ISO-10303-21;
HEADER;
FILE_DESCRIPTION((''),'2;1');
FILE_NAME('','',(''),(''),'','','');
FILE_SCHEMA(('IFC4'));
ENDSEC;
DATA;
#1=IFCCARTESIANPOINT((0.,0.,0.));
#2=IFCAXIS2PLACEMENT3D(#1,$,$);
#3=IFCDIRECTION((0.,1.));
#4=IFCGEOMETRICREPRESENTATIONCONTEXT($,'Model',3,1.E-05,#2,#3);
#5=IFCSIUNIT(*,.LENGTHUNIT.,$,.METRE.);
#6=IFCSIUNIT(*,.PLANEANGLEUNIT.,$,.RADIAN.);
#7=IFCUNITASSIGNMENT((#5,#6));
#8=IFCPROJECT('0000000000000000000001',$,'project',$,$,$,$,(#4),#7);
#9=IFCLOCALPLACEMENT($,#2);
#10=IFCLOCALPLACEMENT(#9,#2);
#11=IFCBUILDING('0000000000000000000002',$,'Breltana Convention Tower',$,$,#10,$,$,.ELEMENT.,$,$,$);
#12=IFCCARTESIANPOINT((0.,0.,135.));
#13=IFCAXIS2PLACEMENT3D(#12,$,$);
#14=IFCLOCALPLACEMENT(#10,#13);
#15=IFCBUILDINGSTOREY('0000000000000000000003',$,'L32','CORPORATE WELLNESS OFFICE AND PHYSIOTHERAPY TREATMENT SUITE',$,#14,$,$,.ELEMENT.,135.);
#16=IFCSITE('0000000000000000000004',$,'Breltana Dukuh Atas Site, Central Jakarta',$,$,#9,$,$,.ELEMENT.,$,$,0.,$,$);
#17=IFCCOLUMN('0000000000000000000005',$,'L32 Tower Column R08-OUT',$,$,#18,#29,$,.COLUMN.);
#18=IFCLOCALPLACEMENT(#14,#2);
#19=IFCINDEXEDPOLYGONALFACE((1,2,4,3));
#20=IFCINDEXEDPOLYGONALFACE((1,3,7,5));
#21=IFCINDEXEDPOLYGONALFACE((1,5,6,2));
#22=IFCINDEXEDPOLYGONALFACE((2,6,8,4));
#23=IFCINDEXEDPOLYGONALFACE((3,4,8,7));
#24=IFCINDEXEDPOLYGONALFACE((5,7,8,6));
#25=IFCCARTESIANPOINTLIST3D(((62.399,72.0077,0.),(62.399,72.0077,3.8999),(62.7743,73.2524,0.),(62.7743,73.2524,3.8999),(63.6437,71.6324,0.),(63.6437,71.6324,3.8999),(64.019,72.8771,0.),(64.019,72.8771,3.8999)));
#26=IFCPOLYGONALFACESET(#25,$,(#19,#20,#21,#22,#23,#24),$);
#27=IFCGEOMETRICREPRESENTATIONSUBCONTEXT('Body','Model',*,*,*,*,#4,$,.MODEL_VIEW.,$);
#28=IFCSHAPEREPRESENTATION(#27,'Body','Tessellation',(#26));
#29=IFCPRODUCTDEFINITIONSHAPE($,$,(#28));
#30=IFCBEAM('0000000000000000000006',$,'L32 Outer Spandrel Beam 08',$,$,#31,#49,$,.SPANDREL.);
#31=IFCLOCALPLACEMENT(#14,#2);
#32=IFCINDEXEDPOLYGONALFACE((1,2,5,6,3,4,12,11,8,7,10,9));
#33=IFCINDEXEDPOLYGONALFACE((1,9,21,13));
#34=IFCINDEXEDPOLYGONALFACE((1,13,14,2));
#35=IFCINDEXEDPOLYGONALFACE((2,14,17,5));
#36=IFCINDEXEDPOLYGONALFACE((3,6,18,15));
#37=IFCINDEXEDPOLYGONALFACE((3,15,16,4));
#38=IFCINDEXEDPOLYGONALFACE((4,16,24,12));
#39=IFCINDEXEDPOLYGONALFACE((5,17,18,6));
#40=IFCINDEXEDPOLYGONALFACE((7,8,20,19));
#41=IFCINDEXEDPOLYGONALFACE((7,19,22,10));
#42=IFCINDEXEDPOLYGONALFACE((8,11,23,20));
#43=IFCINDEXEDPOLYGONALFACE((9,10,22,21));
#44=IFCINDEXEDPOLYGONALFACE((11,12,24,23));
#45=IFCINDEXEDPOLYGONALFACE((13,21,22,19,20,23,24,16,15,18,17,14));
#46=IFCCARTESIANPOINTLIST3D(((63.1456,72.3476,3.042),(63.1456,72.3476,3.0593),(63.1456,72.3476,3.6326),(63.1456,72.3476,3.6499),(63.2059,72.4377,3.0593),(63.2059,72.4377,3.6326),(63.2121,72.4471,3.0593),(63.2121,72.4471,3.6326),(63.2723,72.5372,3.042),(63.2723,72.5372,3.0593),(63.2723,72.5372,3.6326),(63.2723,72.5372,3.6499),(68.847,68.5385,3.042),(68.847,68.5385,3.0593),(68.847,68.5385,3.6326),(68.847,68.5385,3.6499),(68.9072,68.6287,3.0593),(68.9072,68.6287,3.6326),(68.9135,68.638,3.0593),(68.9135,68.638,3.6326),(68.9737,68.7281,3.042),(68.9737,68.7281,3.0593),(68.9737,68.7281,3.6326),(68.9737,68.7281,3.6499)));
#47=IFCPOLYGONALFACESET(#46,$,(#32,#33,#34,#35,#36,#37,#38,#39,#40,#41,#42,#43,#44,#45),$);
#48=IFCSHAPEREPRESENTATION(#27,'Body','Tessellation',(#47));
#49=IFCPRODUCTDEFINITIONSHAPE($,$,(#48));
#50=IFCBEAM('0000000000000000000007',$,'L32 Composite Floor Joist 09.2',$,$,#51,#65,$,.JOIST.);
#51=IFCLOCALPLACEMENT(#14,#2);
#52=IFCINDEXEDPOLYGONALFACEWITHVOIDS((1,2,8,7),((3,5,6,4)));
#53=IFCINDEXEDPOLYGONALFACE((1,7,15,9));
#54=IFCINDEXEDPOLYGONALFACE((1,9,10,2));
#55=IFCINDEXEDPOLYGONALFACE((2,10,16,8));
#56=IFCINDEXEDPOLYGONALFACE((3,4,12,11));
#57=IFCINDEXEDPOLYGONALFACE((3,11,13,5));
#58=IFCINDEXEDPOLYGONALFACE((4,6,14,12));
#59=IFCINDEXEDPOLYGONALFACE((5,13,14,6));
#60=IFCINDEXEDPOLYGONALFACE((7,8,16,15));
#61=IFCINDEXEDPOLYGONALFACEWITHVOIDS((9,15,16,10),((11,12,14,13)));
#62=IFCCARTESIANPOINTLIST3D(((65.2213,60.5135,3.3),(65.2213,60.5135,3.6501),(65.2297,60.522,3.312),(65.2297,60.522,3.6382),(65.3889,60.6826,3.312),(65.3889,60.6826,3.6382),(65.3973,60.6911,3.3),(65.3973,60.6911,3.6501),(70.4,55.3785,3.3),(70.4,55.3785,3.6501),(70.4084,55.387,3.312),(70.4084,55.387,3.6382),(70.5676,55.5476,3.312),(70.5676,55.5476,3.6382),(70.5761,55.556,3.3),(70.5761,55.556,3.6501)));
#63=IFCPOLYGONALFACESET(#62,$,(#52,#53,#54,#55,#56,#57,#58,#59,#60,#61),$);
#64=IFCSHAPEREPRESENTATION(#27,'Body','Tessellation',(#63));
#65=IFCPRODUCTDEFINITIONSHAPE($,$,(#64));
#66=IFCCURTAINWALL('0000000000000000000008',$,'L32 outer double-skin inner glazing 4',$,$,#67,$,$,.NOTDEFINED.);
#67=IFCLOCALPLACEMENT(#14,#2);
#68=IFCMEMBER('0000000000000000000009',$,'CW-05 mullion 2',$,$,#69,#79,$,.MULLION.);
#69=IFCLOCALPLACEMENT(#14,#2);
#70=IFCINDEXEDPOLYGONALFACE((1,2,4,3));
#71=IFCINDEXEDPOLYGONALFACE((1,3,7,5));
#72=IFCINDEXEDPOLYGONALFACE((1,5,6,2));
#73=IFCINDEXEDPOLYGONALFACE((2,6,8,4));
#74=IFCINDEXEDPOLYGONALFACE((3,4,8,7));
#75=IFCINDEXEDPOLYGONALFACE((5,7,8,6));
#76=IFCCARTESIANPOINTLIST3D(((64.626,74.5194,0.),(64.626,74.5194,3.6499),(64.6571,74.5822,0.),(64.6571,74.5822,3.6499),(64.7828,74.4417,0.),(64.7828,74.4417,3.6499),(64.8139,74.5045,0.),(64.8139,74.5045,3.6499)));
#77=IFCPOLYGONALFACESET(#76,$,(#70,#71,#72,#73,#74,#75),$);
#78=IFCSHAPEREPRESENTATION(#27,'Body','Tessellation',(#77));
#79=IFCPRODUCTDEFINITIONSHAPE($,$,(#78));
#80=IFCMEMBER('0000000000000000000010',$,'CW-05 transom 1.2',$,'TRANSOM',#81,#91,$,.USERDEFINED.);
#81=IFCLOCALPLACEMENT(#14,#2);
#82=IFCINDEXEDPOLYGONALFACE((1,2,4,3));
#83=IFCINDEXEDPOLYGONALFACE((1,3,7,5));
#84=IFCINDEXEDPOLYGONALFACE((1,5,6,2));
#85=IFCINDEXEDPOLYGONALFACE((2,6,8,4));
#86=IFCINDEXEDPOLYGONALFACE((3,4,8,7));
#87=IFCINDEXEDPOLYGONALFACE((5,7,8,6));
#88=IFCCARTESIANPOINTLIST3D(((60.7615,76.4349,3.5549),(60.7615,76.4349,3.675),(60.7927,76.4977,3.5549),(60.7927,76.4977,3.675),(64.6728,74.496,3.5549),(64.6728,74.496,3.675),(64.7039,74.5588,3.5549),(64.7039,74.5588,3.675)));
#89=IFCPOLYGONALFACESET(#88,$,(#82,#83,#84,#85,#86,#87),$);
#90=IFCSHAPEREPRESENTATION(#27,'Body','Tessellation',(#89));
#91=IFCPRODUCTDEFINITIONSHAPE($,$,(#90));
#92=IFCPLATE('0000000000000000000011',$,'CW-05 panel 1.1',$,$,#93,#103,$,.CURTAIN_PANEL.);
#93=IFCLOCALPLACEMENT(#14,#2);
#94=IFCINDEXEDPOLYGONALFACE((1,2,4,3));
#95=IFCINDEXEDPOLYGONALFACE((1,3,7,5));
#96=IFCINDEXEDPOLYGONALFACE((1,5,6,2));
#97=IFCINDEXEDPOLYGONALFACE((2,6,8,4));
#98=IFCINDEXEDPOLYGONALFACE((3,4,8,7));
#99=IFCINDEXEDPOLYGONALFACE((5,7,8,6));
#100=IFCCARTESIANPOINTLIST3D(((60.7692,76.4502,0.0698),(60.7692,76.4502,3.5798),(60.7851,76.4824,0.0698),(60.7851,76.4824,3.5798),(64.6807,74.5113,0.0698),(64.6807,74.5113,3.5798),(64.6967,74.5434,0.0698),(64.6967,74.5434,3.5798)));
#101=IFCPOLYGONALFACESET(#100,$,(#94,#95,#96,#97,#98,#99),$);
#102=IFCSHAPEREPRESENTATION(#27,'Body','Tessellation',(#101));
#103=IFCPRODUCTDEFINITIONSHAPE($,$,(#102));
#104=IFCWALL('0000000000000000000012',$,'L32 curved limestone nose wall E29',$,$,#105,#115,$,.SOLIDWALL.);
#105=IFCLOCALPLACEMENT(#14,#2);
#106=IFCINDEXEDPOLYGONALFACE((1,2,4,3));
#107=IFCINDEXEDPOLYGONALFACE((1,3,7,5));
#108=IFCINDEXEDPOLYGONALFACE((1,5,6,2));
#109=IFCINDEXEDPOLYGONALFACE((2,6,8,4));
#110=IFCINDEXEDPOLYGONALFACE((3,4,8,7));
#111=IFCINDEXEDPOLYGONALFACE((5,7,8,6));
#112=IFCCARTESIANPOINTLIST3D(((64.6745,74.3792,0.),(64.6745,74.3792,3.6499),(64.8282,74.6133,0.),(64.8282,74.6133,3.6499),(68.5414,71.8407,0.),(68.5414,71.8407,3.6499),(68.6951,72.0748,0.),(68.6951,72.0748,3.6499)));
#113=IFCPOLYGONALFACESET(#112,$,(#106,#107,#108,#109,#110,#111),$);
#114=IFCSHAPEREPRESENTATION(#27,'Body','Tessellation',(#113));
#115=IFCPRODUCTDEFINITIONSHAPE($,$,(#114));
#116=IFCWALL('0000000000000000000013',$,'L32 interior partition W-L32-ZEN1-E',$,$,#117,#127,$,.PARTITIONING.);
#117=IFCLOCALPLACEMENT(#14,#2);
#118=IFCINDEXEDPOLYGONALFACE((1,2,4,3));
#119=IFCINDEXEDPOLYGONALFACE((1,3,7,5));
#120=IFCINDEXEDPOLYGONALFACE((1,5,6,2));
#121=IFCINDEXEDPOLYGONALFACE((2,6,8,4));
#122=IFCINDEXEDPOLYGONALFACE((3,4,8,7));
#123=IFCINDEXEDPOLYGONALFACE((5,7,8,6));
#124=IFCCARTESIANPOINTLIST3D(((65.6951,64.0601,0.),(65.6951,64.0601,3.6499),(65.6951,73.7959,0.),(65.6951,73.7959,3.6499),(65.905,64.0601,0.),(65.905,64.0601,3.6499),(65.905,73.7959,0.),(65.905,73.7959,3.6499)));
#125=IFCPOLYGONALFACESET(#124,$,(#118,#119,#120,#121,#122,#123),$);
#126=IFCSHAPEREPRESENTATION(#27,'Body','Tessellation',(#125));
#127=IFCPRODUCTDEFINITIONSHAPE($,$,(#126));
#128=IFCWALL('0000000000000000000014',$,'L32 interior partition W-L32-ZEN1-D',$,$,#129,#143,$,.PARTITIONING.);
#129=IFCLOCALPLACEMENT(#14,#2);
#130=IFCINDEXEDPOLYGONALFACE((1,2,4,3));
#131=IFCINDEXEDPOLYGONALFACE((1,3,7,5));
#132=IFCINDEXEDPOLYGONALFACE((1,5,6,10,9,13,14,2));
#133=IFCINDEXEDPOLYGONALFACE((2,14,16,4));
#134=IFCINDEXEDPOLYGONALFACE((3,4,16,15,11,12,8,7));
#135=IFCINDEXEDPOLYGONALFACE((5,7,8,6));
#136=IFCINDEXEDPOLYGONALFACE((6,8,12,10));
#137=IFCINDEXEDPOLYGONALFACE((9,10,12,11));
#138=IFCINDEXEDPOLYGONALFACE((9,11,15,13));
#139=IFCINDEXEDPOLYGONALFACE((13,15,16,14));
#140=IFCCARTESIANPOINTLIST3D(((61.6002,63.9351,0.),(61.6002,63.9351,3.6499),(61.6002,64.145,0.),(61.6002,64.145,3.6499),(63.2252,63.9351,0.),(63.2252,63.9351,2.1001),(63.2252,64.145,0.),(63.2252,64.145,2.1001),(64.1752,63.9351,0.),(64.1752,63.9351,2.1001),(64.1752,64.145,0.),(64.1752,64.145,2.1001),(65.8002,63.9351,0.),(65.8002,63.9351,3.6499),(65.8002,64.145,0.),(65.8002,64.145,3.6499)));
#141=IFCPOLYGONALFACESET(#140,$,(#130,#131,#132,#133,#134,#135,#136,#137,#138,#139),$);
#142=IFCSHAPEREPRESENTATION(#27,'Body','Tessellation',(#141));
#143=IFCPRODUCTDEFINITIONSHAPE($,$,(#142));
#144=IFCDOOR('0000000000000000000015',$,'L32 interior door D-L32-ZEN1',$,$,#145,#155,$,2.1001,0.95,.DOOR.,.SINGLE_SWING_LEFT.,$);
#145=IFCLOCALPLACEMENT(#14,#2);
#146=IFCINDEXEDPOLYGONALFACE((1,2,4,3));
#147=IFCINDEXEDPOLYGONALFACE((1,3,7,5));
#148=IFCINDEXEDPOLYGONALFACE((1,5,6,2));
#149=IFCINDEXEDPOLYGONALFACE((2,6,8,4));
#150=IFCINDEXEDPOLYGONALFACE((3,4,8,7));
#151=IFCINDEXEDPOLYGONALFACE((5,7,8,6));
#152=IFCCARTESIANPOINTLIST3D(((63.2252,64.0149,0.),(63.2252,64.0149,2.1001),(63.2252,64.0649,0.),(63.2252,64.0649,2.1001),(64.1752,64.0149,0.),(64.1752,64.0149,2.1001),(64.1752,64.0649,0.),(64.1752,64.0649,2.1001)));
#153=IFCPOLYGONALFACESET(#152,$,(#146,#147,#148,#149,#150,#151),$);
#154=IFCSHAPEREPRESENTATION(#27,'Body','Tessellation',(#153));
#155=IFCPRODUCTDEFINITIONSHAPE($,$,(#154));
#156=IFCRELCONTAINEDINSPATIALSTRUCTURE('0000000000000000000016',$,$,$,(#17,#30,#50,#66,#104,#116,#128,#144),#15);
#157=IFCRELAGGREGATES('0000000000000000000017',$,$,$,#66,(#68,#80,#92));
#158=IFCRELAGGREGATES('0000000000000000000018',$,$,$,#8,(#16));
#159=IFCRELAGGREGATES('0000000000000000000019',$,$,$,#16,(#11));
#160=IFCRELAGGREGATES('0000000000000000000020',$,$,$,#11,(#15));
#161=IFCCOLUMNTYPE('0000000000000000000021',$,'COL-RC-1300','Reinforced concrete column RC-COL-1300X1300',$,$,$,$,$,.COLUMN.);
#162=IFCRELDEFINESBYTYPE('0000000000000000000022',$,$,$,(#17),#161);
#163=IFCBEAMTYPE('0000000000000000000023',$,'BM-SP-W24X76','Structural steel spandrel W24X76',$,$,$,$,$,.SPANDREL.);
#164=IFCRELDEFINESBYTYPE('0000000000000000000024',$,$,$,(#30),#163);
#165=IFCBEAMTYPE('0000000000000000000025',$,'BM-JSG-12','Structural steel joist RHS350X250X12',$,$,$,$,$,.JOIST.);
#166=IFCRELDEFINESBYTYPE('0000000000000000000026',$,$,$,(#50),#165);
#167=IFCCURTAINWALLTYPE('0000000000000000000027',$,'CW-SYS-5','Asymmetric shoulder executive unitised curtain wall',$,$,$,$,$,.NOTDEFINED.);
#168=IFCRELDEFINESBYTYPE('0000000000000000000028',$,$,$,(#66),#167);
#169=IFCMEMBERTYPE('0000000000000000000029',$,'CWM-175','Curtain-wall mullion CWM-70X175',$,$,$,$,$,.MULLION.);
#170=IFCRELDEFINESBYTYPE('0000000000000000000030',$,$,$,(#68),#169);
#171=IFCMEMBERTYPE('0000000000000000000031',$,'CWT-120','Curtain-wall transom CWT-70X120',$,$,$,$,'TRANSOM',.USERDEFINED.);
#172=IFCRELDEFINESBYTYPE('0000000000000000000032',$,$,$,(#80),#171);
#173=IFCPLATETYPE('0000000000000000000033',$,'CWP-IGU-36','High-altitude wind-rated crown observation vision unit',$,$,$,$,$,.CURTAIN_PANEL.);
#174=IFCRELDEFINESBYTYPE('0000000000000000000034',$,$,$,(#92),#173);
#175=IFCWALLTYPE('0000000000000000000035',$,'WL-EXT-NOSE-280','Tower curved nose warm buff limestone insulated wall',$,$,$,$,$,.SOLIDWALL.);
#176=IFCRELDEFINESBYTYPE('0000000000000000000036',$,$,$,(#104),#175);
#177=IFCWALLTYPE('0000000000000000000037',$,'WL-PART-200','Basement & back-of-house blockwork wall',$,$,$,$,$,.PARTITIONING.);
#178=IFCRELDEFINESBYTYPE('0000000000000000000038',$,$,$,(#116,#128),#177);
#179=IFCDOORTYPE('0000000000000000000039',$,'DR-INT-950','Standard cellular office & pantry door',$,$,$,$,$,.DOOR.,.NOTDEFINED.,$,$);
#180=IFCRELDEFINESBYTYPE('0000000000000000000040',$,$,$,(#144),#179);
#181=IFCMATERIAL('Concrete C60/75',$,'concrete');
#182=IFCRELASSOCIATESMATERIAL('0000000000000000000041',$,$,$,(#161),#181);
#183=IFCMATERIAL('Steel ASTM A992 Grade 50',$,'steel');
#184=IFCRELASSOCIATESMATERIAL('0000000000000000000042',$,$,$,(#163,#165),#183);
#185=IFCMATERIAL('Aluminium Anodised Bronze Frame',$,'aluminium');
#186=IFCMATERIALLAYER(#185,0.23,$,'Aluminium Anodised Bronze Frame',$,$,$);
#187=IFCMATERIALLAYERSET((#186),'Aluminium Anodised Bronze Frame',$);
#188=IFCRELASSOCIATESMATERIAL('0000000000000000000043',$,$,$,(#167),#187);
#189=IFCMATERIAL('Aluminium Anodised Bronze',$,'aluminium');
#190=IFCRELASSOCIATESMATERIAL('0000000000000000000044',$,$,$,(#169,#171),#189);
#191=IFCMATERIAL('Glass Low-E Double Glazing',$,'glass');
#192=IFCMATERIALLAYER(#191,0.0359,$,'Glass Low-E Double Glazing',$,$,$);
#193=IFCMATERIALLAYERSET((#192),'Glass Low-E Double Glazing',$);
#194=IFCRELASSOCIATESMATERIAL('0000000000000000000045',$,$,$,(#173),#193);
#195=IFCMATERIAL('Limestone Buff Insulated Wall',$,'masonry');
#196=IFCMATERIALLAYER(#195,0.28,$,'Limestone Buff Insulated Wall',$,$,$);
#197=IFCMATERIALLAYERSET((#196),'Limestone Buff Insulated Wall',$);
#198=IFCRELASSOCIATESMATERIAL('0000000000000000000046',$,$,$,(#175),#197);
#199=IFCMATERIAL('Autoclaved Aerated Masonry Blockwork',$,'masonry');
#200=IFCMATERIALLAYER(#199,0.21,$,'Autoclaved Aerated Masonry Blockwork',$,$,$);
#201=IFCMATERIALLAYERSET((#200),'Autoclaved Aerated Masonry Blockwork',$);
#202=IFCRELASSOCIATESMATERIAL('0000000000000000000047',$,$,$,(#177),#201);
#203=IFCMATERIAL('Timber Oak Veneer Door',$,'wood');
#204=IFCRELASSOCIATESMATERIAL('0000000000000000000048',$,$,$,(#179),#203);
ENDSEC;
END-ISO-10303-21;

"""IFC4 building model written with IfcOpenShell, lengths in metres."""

from ifc_helpers import new_model, si_unit, direction, frame, frame_2d, origin, origin_2d, place, context, subcontext, project, spatial, rectangle, hollow_rectangle, i_section, extrude, source, transform, mapped, material, layer, layer_set, material_profile, profile_set, type_object, type_shapes, element, fill, aggregate, save


model = new_model("IFC4")

# Units and contexts
model_context = context("Model", 3, precision=1e-05, world=origin(), true_north=direction((0.0, 1.0)))
body_context = subcontext(model_context, "Body", "Model", "MODEL_VIEW")
ifc_project = project(units=[si_unit("LENGTHUNIT", "METRE"), si_unit("PLANEANGLEUNIT", "RADIAN")], contexts=[model_context])

# Site, building, storey
site_placement = place(None, origin())
site = spatial("IfcSite", under=ifc_project, at=site_placement, Name="Breltana Dukuh Atas Site, Central Jakarta", CompositionType="ELEMENT", RefElevation=0.0)
building_placement = place(site_placement, origin())
building = spatial("IfcBuilding", under=site, at=building_placement, Name="Breltana Convention Tower", CompositionType="ELEMENT")
storey_placement = place(building_placement, frame((0.0, 0.0, 135.0)))
storey = spatial("IfcBuildingStorey", under=building, at=storey_placement, Name="L32", Description="CORPORATE WELLNESS OFFICE AND PHYSIOTHERAPY TREATMENT SUITE", CompositionType="ELEMENT", Elevation=135.0)

# Column
ifc_material_1 = material(Name="Concrete C60/75", Category="concrete")
ifc_material_profile_1 = material_profile(ifc_material_1, rectangle(XDim=1.3, YDim=1.3, at=origin_2d()), Name="RC-COL-1300X1300")
ifc_profile_set_1 = profile_set([ifc_material_profile_1], Name="Concrete C60/75")
column_type = type_object("IfcColumnType", Name="COL-RC-1300", Description="Reinforced concrete column RC-COL-1300X1300", PredefinedType="COLUMN", material=ifc_profile_set_1)
shared_shape_1 = source(origin(), body_context, "Body", "SweptSolid", [
    extrude(rectangle(XDim=1.3, YDim=1.3, at=origin_2d()), origin(), (0.0, 0.0, 1.0), 3.8999),
])
column_placement = place(storey_placement, frame((63.209, 72.4424, 0.0), z_axis=(0.0, 0.0, 1.0), x_axis=(0.288698, 0.95742, 0.0)))
element("IfcColumn", 1, at=column_placement, inside=storey, type_object=column_type, Name="L32 Tower Column R08-OUT", PredefinedType="COLUMN", context=body_context, shape_type="MappedRepresentation", body=[
    mapped(shared_shape_1, transform((0.0, 0.0, 0.0), scale=1.0)),
])

# Beams
ifc_material_2 = material(Name="Steel ASTM A992 Grade 50", Category="steel")
ifc_material_profile_2 = material_profile(ifc_material_2, i_section(OverallWidth=0.228, OverallDepth=0.6079, WebThickness=0.0112, FlangeThickness=0.0173, at=origin_2d()), Name="W24X76")
ifc_profile_set_2 = profile_set([ifc_material_profile_2], Name="Steel ASTM A992 Grade 50")
beam_type_1 = type_object("IfcBeamType", Name="BM-SP-W24X76", Description="Structural steel spandrel W24X76", PredefinedType="SPANDREL", material=ifc_profile_set_2)
shared_shape_2 = source(origin(), body_context, "Body", "SweptSolid", [
    extrude(i_section(OverallWidth=0.228, OverallDepth=0.6079, WebThickness=0.0112, FlangeThickness=0.0173, at=origin_2d()), origin(), (0.0, 0.0, 1.0), 6.8567),
])
beam_1_placement = place(storey_placement, frame((63.209, 72.4424, 3.3459), z_axis=(0.831502, -0.555522, 0.0), x_axis=(0.555522, 0.831502, 0.0)))
element("IfcBeam", 2, at=beam_1_placement, inside=storey, type_object=beam_type_1, Name="L32 Outer Spandrel Beam 08", PredefinedType="SPANDREL", context=body_context, shape_type="MappedRepresentation", body=[
    mapped(shared_shape_2, transform((0.0, 0.0, 0.0), scale=1.0)),
])
ifc_material_profile_3 = material_profile(ifc_material_2, hollow_rectangle(XDim=0.25, YDim=0.3501, WallThickness=0.012, at=origin_2d()), Name="RHS350X250X12")
ifc_profile_set_3 = profile_set([ifc_material_profile_3], Name="Steel ASTM A992 Grade 50")
beam_type_2 = type_object("IfcBeamType", Name="BM-JSG-12", Description="Structural steel joist RHS350X250X12", PredefinedType="JOIST", material=ifc_profile_set_3)
shared_shape_3 = source(origin(), body_context, "Body", "SweptSolid", [
    extrude(hollow_rectangle(XDim=0.25, YDim=0.3501, WallThickness=0.012, at=origin_2d()), origin(), (0.0, 0.0, 1.0), 7.293),
])
beam_2_placement = place(storey_placement, frame((65.3093, 60.6023, 3.4751), z_axis=(0.710097, -0.704104, 0.0), x_axis=(0.704104, 0.710097, 0.0)))
element("IfcBeam", 3, at=beam_2_placement, inside=storey, type_object=beam_type_2, Name="L32 Composite Floor Joist 09.2", PredefinedType="JOIST", context=body_context, shape_type="MappedRepresentation", body=[
    mapped(shared_shape_3, transform((0.0, 0.0, 0.0), scale=1.0)),
])

# Curtain wall, members, plate
ifc_material_3 = material(Name="Aluminium Anodised Bronze Frame", Category="aluminium")
ifc_layer_1 = layer(ifc_material_3, 0.23, Name="Aluminium Anodised Bronze Frame")
ifc_layer_set_1 = layer_set([ifc_layer_1], Name="Aluminium Anodised Bronze Frame")
curtain_wall_type = type_object("IfcCurtainWallType", Name="CW-SYS-5", Description="Asymmetric shoulder executive unitised curtain wall", PredefinedType="NOTDEFINED", material=ifc_layer_set_1)
curtain_wall_placement = place(storey_placement, origin())
curtain_wall = element("IfcCurtainWall", 4, at=curtain_wall_placement, inside=storey, type_object=curtain_wall_type, Name="L32 outer double-skin inner glazing 4", PredefinedType="NOTDEFINED")
ifc_material_4 = material(Name="Aluminium Anodised Bronze", Category="aluminium")
ifc_material_profile_4 = material_profile(ifc_material_4, rectangle(XDim=0.0701, YDim=0.175, at=origin_2d()), Name="CWM-70X175")
ifc_profile_set_4 = profile_set([ifc_material_profile_4], Name="Aluminium Anodised Bronze")
member_type_1 = type_object("IfcMemberType", Name="CWM-175", Description="Curtain-wall mullion CWM-70X175", PredefinedType="MULLION", material=ifc_profile_set_4)
shared_shape_4 = source(origin(), body_context, "Body", "SweptSolid", [
    extrude(rectangle(XDim=0.0701, YDim=0.175, at=origin_2d()), origin(), (0.0, 0.0, 1.0), 3.6499),
])
member_1_placement = place(storey_placement, frame((64.72, 74.512, 0.0), z_axis=(0.0, 0.0, 1.0), x_axis=(0.444122, 0.895967, 0.0)))
member_1 = element("IfcMember", 5, at=member_1_placement, type_object=member_type_1, Name="CW-05 mullion 2", PredefinedType="MULLION", context=body_context, shape_type="MappedRepresentation", body=[
    mapped(shared_shape_4, transform((0.0, 0.0, 0.0), scale=1.0)),
])
ifc_material_profile_5 = material_profile(ifc_material_4, rectangle(XDim=0.0701, YDim=0.1201, at=origin_2d()), Name="CWT-70X120")
ifc_profile_set_5 = profile_set([ifc_material_profile_5], Name="Aluminium Anodised Bronze")
member_type_2 = type_object("IfcMemberType", Name="CWT-120", Description="Curtain-wall transom CWT-70X120", ElementType="TRANSOM", PredefinedType="USERDEFINED", material=ifc_profile_set_5)
shared_shape_5 = source(origin(), body_context, "Body", "SweptSolid", [
    extrude(rectangle(XDim=0.0701, YDim=0.1201, at=origin_2d()), origin(), (0.0, 0.0, 1.0), 4.3655),
])
member_2_placement = place(storey_placement, frame((60.7771, 76.4663, 3.615), z_axis=(0.895954, -0.444146, 0.0), x_axis=(0.444146, 0.895954, 0.0)))
member_2 = element("IfcMember", 6, at=member_2_placement, type_object=member_type_2, Name="CW-05 transom 1.2", ObjectType="TRANSOM", PredefinedType="USERDEFINED", context=body_context, shape_type="MappedRepresentation", body=[
    mapped(shared_shape_5, transform((0.0, 0.0, 0.0), scale=1.0)),
])
ifc_material_5 = material(Name="Glass Low-E Double Glazing", Category="glass")
ifc_layer_2 = layer(ifc_material_5, 0.0359, Name="Glass Low-E Double Glazing")
ifc_layer_set_2 = layer_set([ifc_layer_2], Name="Glass Low-E Double Glazing")
plate_type = type_object("IfcPlateType", Name="CWP-IGU-36", Description="High-altitude wind-rated crown observation vision unit", PredefinedType="CURTAIN_PANEL", material=ifc_layer_set_2)
shared_shape_6 = source(origin(), body_context, "Body", "SweptSolid", [
    extrude(rectangle(XDim=4.3657, YDim=0.0359, at=origin_2d()), origin(), (0.0, 0.0, 1.0), 3.51),
])
plate_placement = place(storey_placement, frame((62.7329, 75.4968, 0.0698), z_axis=(0.0, 0.0, 1.0), x_axis=(0.895967, -0.444122, 0.0)))
plate = element("IfcPlate", 7, at=plate_placement, type_object=plate_type, Name="CW-05 panel 1.1", PredefinedType="CURTAIN_PANEL", context=body_context, shape_type="MappedRepresentation", body=[
    mapped(shared_shape_6, transform((0.0, 0.0, 0.0), scale=1.0)),
])
aggregate(curtain_wall, [member_1, member_2, plate])

# Walls
ifc_material_6 = material(Name="Limestone Buff Insulated Wall", Category="masonry")
ifc_layer_3 = layer(ifc_material_6, 0.28, Name="Limestone Buff Insulated Wall")
ifc_layer_set_3 = layer_set([ifc_layer_3], Name="Limestone Buff Insulated Wall")
wall_type_1 = type_object("IfcWallType", Name="WL-EXT-NOSE-280", Description="Tower curved nose warm buff limestone insulated wall", PredefinedType="SOLIDWALL", material=ifc_layer_set_3)
shared_shape_7 = source(origin(), body_context, "Body", "SweptSolid", [
    extrude(rectangle(XDim=4.6257, YDim=0.28, at=frame_2d((2.313, 0.0))), origin(), (0.0, 0.0, 1.0), 3.6499),
])
wall_1_placement = place(storey_placement, frame((64.7512, 74.4963, 0.0), z_axis=(0.0, 0.0, 1.0), x_axis=(0.835959, -0.548791, 0.0)))
element("IfcWall", 8, at=wall_1_placement, inside=storey, type_object=wall_type_1, Name="L32 curved limestone nose wall E29", PredefinedType="SOLIDWALL", context=body_context, shape_type="MappedRepresentation", body=[
    mapped(shared_shape_7, transform((0.0, 0.0, 0.0), scale=1.0)),
])
ifc_material_7 = material(Name="Autoclaved Aerated Masonry Blockwork", Category="masonry")
ifc_layer_4 = layer(ifc_material_7, 0.21, Name="Autoclaved Aerated Masonry Blockwork")
ifc_layer_set_4 = layer_set([ifc_layer_4], Name="Autoclaved Aerated Masonry Blockwork")
wall_type_2 = type_object("IfcWallType", Name="WL-PART-200", Description="Basement & back-of-house blockwork wall", PredefinedType="PARTITIONING", material=ifc_layer_set_4)
shared_shape_8 = source(origin(), body_context, "Body", "SweptSolid", [
    extrude(rectangle(XDim=9.7358, YDim=0.21, at=frame_2d((4.8679, 0.0))), origin(), (0.0, 0.0, 1.0), 3.6499),
])
wall_2_placement = place(storey_placement, frame((65.8, 64.0601, 0.0), z_axis=(0.0, 0.0, 1.0), x_axis=(0.0, 1.0, 0.0)))
element("IfcWall", 9, at=wall_2_placement, inside=storey, type_object=wall_type_2, Name="L32 interior partition W-L32-ZEN1-E", PredefinedType="PARTITIONING", context=body_context, shape_type="MappedRepresentation", body=[
    mapped(shared_shape_8, transform((0.0, 0.0, 0.0), scale=1.0)),
])

# Wall, opening, door
shared_shape_9 = source(origin(), body_context, "Body", "SweptSolid", [
    extrude(rectangle(XDim=4.2, YDim=0.21, at=frame_2d((2.1001, 0.0))), origin(), (0.0, 0.0, 1.0), 3.6499),
])
wall_3_placement = place(storey_placement, frame((61.6001, 64.04, 0.0), z_axis=(0.0, 0.0, 1.0), x_axis=(1.0, 0.0, 0.0)))
wall_3 = element("IfcWall", 10, at=wall_3_placement, inside=storey, type_object=wall_type_2, Name="L32 interior partition W-L32-ZEN1-D", PredefinedType="PARTITIONING", context=body_context, shape_type="MappedRepresentation", body=[
    mapped(shared_shape_9, transform((0.0, 0.0, 0.0), scale=1.0)),
])
opening_1_placement = place(wall_3_placement, frame((1.625, 0.0, 0.0)))
opening_1 = element("IfcOpeningElement", 11, at=opening_1_placement, cuts=wall_3, PredefinedType="OPENING", context=body_context, shape_type="SweptSolid", body=[
    extrude(rectangle(XDim=0.95, YDim=2.1001, at=frame_2d((0.4751, 1.05))), frame((0.0, 0.115, 0.0), z_axis=(0.0, -1.0, 0.0), x_axis=(1.0, 0.0, 0.0)), (0.0, 0.0, 1.0), 0.23),
])
ifc_material_8 = material(Name="Timber Oak Veneer Door", Category="wood")
door_type = type_object("IfcDoorType", Name="DR-INT-950", Description="Standard cellular office & pantry door", OperationType="NOTDEFINED", PredefinedType="DOOR", material=ifc_material_8)
shared_shape_10 = source(origin(), body_context, "Body", "SweptSolid", [
    extrude(rectangle(XDim=0.95, YDim=2.1001, at=frame_2d((0.4751, 1.05))), frame((0.0, 0.0249, 0.0), z_axis=(0.0, -1.0, 0.0), x_axis=(1.0, 0.0, 0.0)), (0.0, 0.0, 1.0), 0.05),
])
type_shapes(door_type, [shared_shape_10])
door_1_placement = place(opening_1_placement, origin())
door_1 = element("IfcDoor", 12, at=door_1_placement, inside=storey, type_object=door_type, Name="L32 interior door D-L32-ZEN1", OperationType="SINGLE_SWING_LEFT", OverallHeight=2.1001, OverallWidth=0.95, PredefinedType="DOOR", context=body_context, shape_type="MappedRepresentation", body=[
    mapped(shared_shape_10, transform((0.0, 0.0, 0.0), scale=1.0)),
])
fill(opening_1, door_1)

save(model, "model.ifc")
